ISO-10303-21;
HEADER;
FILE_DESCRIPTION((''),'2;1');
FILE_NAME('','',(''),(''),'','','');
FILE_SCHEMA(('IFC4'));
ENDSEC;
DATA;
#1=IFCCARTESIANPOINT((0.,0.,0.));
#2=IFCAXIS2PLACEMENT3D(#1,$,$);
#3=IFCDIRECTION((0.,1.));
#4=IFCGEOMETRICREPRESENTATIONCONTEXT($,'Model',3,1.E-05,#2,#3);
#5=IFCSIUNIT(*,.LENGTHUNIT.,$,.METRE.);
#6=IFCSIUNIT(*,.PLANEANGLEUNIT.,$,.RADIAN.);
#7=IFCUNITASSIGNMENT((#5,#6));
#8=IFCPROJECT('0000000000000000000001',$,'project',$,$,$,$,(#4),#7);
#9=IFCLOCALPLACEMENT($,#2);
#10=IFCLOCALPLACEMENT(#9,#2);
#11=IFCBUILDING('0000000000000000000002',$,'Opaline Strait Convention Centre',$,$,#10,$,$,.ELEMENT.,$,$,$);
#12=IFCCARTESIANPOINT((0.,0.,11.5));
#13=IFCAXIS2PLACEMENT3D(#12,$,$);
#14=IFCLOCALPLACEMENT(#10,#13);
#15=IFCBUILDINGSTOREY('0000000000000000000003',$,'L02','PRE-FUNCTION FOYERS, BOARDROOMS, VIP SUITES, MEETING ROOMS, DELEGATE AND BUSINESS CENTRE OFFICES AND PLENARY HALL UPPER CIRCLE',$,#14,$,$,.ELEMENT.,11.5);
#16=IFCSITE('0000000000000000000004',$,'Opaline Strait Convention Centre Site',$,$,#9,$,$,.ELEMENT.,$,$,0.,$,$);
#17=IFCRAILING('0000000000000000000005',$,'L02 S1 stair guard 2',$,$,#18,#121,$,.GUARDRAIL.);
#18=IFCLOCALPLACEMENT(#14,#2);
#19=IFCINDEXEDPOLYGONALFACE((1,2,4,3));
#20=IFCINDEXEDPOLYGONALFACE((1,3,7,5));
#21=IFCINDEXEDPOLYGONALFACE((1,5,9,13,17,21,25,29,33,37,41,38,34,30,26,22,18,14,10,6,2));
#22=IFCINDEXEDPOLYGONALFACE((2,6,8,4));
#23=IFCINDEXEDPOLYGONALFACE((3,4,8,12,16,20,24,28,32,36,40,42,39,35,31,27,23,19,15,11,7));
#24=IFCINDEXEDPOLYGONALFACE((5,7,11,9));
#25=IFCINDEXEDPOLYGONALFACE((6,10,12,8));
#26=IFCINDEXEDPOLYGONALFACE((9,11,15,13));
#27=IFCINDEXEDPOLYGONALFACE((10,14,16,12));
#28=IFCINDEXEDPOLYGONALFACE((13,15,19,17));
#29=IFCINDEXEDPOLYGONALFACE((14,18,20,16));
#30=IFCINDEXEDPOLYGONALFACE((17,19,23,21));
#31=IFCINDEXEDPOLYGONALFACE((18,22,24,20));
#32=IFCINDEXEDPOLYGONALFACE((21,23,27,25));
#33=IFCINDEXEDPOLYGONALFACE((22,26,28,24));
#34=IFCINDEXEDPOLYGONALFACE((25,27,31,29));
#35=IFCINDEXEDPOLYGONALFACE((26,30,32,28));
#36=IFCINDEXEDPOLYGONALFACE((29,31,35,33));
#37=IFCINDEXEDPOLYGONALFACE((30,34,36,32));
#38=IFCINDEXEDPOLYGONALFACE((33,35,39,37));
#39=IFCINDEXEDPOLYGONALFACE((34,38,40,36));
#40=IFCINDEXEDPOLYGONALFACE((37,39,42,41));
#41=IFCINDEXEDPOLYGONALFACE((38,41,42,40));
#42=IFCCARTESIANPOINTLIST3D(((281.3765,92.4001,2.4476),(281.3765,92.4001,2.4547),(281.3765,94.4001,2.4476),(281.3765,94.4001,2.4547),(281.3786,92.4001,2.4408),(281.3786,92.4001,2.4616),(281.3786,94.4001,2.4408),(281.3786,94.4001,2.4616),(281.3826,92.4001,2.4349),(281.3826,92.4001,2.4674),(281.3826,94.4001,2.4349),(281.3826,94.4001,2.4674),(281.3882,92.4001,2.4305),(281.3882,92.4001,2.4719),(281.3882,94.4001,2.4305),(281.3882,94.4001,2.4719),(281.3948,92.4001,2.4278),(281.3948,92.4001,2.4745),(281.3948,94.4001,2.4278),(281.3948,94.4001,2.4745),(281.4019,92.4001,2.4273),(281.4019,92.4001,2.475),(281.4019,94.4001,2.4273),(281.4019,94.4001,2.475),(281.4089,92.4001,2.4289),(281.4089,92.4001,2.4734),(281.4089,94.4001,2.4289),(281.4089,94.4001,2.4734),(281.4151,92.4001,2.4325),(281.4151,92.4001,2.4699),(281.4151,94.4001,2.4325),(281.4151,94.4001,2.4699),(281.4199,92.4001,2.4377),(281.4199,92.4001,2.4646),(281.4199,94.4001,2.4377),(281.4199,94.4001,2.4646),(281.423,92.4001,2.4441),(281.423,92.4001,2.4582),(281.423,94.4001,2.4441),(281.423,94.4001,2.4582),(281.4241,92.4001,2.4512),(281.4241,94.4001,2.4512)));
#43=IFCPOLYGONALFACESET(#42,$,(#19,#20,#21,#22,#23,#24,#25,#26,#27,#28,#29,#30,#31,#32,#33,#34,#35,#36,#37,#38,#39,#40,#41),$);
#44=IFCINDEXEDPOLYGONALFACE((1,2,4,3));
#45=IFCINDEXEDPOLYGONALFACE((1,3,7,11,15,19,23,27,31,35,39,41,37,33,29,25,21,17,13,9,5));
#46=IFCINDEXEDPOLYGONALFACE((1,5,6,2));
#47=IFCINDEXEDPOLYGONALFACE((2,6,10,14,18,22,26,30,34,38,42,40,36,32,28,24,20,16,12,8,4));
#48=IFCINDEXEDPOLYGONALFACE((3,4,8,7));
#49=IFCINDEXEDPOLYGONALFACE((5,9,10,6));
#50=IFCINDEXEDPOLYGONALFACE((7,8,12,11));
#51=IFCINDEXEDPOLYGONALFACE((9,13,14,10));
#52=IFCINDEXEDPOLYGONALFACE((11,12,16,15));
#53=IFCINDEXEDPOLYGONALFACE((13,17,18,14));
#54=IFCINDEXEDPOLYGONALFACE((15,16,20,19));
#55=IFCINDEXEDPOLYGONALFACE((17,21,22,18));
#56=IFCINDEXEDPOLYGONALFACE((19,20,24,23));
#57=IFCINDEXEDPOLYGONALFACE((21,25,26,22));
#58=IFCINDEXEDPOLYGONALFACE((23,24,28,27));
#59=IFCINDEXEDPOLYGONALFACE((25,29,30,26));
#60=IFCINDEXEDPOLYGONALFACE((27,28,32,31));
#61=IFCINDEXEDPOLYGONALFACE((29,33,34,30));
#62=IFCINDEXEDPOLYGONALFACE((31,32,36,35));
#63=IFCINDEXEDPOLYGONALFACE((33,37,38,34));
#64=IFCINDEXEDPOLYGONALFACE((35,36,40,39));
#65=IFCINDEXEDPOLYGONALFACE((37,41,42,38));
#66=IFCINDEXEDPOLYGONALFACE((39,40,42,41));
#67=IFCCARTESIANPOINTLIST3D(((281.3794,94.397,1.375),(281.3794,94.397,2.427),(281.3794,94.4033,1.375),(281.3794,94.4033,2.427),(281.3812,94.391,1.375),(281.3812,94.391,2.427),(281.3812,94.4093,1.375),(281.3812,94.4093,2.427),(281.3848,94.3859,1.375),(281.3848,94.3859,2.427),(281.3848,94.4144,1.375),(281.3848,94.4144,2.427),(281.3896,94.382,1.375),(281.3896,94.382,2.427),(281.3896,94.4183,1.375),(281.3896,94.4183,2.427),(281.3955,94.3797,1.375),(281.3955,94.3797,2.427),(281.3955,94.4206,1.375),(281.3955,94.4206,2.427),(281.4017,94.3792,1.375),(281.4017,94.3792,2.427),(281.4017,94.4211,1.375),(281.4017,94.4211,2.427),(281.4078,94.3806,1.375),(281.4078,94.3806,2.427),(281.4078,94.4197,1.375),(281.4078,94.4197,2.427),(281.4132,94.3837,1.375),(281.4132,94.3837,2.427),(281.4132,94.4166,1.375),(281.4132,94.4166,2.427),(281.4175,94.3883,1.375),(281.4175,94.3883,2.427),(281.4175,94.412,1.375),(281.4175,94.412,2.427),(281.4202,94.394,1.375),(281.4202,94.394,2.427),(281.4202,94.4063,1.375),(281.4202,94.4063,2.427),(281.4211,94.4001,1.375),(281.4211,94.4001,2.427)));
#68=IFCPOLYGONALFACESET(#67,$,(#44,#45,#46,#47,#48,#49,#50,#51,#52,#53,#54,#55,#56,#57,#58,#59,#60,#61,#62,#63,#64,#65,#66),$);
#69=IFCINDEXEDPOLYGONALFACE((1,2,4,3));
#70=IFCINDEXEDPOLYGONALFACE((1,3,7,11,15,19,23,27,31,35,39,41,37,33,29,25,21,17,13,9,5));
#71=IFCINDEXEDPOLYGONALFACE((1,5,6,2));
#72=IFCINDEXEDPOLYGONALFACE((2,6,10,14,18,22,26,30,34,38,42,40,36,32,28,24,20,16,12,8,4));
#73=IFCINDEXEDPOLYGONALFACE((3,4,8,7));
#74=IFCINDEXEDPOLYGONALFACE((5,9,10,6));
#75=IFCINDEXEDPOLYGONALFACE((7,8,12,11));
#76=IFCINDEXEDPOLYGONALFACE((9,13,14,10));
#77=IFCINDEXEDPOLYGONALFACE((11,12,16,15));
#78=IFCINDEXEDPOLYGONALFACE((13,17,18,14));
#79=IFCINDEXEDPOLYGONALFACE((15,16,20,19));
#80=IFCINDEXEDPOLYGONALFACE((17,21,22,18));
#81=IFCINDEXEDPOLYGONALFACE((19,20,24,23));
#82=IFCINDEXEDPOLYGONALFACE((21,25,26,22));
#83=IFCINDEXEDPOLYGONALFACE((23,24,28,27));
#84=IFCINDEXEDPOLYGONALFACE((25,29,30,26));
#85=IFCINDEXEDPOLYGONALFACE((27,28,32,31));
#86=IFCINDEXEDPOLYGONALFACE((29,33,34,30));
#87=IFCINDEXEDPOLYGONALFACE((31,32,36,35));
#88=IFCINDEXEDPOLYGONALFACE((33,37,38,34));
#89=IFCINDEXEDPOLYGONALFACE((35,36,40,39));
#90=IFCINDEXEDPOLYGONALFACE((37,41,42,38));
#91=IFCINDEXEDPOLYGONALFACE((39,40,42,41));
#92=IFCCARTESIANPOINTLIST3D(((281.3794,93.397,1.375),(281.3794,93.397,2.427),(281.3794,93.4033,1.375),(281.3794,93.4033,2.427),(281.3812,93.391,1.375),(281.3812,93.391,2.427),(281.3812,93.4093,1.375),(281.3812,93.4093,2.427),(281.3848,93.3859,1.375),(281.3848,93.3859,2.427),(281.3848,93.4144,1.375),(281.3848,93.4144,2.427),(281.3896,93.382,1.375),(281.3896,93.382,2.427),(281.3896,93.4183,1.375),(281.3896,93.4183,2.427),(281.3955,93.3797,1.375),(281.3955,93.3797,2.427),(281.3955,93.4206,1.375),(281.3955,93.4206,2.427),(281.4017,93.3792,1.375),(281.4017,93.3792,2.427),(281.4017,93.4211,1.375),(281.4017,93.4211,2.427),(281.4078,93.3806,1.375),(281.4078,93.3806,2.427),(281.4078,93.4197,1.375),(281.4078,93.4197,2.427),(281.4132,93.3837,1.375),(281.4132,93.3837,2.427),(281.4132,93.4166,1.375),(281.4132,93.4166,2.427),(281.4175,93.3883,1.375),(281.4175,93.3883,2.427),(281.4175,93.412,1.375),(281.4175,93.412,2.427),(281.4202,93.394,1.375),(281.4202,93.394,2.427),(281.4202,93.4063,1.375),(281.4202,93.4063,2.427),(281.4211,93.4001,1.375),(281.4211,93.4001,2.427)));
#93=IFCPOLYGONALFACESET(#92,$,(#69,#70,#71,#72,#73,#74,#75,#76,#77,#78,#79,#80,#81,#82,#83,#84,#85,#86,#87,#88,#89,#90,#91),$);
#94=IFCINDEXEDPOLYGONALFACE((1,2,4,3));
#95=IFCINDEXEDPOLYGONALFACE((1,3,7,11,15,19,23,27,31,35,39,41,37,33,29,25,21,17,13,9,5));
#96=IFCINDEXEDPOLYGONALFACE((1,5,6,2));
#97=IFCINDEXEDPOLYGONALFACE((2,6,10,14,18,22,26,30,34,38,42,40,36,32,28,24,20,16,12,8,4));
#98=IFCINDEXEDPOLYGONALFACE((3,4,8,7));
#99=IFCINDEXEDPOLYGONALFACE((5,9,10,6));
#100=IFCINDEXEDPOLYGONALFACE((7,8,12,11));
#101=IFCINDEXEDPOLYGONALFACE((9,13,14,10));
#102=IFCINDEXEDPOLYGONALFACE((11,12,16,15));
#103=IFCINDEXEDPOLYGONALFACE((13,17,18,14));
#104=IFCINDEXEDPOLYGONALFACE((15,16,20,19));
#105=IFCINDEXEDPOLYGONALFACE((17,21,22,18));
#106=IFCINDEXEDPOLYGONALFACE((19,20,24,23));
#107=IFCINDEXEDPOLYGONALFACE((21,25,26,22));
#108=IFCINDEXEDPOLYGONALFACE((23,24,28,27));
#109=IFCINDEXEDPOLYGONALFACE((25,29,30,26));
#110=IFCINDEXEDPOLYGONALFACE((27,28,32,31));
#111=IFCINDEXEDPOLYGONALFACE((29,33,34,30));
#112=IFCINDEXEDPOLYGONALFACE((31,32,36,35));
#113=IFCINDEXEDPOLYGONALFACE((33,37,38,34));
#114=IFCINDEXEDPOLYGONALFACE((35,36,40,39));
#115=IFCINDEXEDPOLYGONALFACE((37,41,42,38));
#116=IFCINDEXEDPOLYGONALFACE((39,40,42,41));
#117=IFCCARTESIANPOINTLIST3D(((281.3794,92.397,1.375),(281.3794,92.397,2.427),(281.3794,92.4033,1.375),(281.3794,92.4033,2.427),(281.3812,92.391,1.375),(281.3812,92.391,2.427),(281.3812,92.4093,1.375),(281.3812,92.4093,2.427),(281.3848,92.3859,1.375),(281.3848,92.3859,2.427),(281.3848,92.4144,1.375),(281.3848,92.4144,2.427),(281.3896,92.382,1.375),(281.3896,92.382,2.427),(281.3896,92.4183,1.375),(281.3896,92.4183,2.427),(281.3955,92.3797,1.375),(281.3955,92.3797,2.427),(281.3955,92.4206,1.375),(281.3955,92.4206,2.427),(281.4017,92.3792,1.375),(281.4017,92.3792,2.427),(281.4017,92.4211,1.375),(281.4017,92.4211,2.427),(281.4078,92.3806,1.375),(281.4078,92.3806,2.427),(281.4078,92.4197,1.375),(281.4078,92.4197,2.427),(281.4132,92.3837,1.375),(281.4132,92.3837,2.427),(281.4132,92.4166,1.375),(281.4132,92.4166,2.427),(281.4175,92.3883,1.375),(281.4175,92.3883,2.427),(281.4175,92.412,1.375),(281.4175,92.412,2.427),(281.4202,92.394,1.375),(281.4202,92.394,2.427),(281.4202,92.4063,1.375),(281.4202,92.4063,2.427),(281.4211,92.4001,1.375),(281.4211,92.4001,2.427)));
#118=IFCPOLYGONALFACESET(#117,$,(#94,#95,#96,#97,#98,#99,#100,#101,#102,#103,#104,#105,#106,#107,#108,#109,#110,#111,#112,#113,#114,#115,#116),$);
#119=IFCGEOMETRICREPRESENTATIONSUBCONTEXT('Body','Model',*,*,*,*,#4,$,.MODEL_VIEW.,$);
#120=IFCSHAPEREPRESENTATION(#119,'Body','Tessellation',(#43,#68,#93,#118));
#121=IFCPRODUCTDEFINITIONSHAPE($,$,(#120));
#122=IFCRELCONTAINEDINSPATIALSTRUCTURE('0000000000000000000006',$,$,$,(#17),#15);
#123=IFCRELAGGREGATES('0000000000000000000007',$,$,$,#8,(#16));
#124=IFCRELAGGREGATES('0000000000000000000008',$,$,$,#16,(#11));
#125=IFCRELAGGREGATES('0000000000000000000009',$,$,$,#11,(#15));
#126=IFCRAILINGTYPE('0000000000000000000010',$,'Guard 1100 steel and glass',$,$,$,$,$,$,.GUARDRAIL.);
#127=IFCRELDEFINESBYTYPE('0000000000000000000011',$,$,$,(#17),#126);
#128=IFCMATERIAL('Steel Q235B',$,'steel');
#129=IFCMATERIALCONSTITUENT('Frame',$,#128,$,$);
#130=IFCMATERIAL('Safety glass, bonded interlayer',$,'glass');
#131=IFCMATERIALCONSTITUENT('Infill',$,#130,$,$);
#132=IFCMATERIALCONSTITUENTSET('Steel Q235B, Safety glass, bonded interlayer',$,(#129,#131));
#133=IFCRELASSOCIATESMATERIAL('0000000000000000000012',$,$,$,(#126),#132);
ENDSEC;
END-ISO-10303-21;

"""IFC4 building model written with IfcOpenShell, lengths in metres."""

from ifc_helpers import new_model, si_unit, direction, frame, origin, origin_2d, place, context, subcontext, project, spatial, circle, extrude, material, constituent, constituent_set, type_object, element, save


model = new_model("IFC4")

# Units and contexts
model_context = context("Model", 3, precision=1e-05, world=origin(), true_north=direction((0.0, 1.0)))
body_context = subcontext(model_context, "Body", "Model", "MODEL_VIEW")
ifc_project = project(units=[si_unit("LENGTHUNIT", "METRE"), si_unit("PLANEANGLEUNIT", "RADIAN")], contexts=[model_context])

# Site, building, storey
site_placement = place(None, origin())
site = spatial("IfcSite", under=ifc_project, at=site_placement, Name="Opaline Strait Convention Centre Site", CompositionType="ELEMENT", RefElevation=0.0)
building_placement = place(site_placement, origin())
building = spatial("IfcBuilding", under=site, at=building_placement, Name="Opaline Strait Convention Centre", CompositionType="ELEMENT")
storey_placement = place(building_placement, frame((0.0, 0.0, 11.5)))
storey = spatial("IfcBuildingStorey", under=building, at=storey_placement, Name="L02", Description="PRE-FUNCTION FOYERS, BOARDROOMS, VIP SUITES, MEETING ROOMS, DELEGATE AND BUSINESS CENTRE OFFICES AND PLENARY HALL UPPER CIRCLE", CompositionType="ELEMENT", Elevation=11.5)

# Railing
ifc_material_1 = material(Name="Steel Q235B", Category="steel")
ifc_constituent_1 = constituent(ifc_material_1, Name="Frame")
ifc_material_2 = material(Name="Safety glass, bonded interlayer", Category="glass")
ifc_constituent_2 = constituent(ifc_material_2, Name="Infill")
ifc_constituent_set = constituent_set(constituents=[ifc_constituent_1, ifc_constituent_2], Name="Steel Q235B, Safety glass, bonded interlayer")
railing_type = type_object("IfcRailingType", Name="Guard 1100 steel and glass", PredefinedType="GUARDRAIL", material=ifc_constituent_set)
railing_1_placement = place(storey_placement, frame((281.4001, 94.4001, 1.375)))
element("IfcRailing", 1, at=railing_1_placement, inside=storey, type_object=railing_type, Name="L02 S1 stair guard 2", PredefinedType="GUARDRAIL", context=body_context, shape_type="SweptSolid", body=[
    extrude(circle(Radius=0.0239, at=origin_2d()), frame((0.0, 0.0, 1.0762), z_axis=(0.0, -1.0, 0.0), x_axis=(1.0, 0.0, 0.0)), (0.0, 0.0, 1.0), 2.0),
    extrude(circle(Radius=0.021, at=origin_2d()), origin(), (0.0, 0.0, 1.0), 1.052),
    extrude(circle(Radius=0.021, at=origin_2d()), frame((0.0, -1.0, 0.0)), (0.0, 0.0, 1.0), 1.052),
    extrude(circle(Radius=0.021, at=origin_2d()), frame((0.0, -2.0, 0.0)), (0.0, 0.0, 1.0), 1.052),
])

save(model, "model.ifc")
